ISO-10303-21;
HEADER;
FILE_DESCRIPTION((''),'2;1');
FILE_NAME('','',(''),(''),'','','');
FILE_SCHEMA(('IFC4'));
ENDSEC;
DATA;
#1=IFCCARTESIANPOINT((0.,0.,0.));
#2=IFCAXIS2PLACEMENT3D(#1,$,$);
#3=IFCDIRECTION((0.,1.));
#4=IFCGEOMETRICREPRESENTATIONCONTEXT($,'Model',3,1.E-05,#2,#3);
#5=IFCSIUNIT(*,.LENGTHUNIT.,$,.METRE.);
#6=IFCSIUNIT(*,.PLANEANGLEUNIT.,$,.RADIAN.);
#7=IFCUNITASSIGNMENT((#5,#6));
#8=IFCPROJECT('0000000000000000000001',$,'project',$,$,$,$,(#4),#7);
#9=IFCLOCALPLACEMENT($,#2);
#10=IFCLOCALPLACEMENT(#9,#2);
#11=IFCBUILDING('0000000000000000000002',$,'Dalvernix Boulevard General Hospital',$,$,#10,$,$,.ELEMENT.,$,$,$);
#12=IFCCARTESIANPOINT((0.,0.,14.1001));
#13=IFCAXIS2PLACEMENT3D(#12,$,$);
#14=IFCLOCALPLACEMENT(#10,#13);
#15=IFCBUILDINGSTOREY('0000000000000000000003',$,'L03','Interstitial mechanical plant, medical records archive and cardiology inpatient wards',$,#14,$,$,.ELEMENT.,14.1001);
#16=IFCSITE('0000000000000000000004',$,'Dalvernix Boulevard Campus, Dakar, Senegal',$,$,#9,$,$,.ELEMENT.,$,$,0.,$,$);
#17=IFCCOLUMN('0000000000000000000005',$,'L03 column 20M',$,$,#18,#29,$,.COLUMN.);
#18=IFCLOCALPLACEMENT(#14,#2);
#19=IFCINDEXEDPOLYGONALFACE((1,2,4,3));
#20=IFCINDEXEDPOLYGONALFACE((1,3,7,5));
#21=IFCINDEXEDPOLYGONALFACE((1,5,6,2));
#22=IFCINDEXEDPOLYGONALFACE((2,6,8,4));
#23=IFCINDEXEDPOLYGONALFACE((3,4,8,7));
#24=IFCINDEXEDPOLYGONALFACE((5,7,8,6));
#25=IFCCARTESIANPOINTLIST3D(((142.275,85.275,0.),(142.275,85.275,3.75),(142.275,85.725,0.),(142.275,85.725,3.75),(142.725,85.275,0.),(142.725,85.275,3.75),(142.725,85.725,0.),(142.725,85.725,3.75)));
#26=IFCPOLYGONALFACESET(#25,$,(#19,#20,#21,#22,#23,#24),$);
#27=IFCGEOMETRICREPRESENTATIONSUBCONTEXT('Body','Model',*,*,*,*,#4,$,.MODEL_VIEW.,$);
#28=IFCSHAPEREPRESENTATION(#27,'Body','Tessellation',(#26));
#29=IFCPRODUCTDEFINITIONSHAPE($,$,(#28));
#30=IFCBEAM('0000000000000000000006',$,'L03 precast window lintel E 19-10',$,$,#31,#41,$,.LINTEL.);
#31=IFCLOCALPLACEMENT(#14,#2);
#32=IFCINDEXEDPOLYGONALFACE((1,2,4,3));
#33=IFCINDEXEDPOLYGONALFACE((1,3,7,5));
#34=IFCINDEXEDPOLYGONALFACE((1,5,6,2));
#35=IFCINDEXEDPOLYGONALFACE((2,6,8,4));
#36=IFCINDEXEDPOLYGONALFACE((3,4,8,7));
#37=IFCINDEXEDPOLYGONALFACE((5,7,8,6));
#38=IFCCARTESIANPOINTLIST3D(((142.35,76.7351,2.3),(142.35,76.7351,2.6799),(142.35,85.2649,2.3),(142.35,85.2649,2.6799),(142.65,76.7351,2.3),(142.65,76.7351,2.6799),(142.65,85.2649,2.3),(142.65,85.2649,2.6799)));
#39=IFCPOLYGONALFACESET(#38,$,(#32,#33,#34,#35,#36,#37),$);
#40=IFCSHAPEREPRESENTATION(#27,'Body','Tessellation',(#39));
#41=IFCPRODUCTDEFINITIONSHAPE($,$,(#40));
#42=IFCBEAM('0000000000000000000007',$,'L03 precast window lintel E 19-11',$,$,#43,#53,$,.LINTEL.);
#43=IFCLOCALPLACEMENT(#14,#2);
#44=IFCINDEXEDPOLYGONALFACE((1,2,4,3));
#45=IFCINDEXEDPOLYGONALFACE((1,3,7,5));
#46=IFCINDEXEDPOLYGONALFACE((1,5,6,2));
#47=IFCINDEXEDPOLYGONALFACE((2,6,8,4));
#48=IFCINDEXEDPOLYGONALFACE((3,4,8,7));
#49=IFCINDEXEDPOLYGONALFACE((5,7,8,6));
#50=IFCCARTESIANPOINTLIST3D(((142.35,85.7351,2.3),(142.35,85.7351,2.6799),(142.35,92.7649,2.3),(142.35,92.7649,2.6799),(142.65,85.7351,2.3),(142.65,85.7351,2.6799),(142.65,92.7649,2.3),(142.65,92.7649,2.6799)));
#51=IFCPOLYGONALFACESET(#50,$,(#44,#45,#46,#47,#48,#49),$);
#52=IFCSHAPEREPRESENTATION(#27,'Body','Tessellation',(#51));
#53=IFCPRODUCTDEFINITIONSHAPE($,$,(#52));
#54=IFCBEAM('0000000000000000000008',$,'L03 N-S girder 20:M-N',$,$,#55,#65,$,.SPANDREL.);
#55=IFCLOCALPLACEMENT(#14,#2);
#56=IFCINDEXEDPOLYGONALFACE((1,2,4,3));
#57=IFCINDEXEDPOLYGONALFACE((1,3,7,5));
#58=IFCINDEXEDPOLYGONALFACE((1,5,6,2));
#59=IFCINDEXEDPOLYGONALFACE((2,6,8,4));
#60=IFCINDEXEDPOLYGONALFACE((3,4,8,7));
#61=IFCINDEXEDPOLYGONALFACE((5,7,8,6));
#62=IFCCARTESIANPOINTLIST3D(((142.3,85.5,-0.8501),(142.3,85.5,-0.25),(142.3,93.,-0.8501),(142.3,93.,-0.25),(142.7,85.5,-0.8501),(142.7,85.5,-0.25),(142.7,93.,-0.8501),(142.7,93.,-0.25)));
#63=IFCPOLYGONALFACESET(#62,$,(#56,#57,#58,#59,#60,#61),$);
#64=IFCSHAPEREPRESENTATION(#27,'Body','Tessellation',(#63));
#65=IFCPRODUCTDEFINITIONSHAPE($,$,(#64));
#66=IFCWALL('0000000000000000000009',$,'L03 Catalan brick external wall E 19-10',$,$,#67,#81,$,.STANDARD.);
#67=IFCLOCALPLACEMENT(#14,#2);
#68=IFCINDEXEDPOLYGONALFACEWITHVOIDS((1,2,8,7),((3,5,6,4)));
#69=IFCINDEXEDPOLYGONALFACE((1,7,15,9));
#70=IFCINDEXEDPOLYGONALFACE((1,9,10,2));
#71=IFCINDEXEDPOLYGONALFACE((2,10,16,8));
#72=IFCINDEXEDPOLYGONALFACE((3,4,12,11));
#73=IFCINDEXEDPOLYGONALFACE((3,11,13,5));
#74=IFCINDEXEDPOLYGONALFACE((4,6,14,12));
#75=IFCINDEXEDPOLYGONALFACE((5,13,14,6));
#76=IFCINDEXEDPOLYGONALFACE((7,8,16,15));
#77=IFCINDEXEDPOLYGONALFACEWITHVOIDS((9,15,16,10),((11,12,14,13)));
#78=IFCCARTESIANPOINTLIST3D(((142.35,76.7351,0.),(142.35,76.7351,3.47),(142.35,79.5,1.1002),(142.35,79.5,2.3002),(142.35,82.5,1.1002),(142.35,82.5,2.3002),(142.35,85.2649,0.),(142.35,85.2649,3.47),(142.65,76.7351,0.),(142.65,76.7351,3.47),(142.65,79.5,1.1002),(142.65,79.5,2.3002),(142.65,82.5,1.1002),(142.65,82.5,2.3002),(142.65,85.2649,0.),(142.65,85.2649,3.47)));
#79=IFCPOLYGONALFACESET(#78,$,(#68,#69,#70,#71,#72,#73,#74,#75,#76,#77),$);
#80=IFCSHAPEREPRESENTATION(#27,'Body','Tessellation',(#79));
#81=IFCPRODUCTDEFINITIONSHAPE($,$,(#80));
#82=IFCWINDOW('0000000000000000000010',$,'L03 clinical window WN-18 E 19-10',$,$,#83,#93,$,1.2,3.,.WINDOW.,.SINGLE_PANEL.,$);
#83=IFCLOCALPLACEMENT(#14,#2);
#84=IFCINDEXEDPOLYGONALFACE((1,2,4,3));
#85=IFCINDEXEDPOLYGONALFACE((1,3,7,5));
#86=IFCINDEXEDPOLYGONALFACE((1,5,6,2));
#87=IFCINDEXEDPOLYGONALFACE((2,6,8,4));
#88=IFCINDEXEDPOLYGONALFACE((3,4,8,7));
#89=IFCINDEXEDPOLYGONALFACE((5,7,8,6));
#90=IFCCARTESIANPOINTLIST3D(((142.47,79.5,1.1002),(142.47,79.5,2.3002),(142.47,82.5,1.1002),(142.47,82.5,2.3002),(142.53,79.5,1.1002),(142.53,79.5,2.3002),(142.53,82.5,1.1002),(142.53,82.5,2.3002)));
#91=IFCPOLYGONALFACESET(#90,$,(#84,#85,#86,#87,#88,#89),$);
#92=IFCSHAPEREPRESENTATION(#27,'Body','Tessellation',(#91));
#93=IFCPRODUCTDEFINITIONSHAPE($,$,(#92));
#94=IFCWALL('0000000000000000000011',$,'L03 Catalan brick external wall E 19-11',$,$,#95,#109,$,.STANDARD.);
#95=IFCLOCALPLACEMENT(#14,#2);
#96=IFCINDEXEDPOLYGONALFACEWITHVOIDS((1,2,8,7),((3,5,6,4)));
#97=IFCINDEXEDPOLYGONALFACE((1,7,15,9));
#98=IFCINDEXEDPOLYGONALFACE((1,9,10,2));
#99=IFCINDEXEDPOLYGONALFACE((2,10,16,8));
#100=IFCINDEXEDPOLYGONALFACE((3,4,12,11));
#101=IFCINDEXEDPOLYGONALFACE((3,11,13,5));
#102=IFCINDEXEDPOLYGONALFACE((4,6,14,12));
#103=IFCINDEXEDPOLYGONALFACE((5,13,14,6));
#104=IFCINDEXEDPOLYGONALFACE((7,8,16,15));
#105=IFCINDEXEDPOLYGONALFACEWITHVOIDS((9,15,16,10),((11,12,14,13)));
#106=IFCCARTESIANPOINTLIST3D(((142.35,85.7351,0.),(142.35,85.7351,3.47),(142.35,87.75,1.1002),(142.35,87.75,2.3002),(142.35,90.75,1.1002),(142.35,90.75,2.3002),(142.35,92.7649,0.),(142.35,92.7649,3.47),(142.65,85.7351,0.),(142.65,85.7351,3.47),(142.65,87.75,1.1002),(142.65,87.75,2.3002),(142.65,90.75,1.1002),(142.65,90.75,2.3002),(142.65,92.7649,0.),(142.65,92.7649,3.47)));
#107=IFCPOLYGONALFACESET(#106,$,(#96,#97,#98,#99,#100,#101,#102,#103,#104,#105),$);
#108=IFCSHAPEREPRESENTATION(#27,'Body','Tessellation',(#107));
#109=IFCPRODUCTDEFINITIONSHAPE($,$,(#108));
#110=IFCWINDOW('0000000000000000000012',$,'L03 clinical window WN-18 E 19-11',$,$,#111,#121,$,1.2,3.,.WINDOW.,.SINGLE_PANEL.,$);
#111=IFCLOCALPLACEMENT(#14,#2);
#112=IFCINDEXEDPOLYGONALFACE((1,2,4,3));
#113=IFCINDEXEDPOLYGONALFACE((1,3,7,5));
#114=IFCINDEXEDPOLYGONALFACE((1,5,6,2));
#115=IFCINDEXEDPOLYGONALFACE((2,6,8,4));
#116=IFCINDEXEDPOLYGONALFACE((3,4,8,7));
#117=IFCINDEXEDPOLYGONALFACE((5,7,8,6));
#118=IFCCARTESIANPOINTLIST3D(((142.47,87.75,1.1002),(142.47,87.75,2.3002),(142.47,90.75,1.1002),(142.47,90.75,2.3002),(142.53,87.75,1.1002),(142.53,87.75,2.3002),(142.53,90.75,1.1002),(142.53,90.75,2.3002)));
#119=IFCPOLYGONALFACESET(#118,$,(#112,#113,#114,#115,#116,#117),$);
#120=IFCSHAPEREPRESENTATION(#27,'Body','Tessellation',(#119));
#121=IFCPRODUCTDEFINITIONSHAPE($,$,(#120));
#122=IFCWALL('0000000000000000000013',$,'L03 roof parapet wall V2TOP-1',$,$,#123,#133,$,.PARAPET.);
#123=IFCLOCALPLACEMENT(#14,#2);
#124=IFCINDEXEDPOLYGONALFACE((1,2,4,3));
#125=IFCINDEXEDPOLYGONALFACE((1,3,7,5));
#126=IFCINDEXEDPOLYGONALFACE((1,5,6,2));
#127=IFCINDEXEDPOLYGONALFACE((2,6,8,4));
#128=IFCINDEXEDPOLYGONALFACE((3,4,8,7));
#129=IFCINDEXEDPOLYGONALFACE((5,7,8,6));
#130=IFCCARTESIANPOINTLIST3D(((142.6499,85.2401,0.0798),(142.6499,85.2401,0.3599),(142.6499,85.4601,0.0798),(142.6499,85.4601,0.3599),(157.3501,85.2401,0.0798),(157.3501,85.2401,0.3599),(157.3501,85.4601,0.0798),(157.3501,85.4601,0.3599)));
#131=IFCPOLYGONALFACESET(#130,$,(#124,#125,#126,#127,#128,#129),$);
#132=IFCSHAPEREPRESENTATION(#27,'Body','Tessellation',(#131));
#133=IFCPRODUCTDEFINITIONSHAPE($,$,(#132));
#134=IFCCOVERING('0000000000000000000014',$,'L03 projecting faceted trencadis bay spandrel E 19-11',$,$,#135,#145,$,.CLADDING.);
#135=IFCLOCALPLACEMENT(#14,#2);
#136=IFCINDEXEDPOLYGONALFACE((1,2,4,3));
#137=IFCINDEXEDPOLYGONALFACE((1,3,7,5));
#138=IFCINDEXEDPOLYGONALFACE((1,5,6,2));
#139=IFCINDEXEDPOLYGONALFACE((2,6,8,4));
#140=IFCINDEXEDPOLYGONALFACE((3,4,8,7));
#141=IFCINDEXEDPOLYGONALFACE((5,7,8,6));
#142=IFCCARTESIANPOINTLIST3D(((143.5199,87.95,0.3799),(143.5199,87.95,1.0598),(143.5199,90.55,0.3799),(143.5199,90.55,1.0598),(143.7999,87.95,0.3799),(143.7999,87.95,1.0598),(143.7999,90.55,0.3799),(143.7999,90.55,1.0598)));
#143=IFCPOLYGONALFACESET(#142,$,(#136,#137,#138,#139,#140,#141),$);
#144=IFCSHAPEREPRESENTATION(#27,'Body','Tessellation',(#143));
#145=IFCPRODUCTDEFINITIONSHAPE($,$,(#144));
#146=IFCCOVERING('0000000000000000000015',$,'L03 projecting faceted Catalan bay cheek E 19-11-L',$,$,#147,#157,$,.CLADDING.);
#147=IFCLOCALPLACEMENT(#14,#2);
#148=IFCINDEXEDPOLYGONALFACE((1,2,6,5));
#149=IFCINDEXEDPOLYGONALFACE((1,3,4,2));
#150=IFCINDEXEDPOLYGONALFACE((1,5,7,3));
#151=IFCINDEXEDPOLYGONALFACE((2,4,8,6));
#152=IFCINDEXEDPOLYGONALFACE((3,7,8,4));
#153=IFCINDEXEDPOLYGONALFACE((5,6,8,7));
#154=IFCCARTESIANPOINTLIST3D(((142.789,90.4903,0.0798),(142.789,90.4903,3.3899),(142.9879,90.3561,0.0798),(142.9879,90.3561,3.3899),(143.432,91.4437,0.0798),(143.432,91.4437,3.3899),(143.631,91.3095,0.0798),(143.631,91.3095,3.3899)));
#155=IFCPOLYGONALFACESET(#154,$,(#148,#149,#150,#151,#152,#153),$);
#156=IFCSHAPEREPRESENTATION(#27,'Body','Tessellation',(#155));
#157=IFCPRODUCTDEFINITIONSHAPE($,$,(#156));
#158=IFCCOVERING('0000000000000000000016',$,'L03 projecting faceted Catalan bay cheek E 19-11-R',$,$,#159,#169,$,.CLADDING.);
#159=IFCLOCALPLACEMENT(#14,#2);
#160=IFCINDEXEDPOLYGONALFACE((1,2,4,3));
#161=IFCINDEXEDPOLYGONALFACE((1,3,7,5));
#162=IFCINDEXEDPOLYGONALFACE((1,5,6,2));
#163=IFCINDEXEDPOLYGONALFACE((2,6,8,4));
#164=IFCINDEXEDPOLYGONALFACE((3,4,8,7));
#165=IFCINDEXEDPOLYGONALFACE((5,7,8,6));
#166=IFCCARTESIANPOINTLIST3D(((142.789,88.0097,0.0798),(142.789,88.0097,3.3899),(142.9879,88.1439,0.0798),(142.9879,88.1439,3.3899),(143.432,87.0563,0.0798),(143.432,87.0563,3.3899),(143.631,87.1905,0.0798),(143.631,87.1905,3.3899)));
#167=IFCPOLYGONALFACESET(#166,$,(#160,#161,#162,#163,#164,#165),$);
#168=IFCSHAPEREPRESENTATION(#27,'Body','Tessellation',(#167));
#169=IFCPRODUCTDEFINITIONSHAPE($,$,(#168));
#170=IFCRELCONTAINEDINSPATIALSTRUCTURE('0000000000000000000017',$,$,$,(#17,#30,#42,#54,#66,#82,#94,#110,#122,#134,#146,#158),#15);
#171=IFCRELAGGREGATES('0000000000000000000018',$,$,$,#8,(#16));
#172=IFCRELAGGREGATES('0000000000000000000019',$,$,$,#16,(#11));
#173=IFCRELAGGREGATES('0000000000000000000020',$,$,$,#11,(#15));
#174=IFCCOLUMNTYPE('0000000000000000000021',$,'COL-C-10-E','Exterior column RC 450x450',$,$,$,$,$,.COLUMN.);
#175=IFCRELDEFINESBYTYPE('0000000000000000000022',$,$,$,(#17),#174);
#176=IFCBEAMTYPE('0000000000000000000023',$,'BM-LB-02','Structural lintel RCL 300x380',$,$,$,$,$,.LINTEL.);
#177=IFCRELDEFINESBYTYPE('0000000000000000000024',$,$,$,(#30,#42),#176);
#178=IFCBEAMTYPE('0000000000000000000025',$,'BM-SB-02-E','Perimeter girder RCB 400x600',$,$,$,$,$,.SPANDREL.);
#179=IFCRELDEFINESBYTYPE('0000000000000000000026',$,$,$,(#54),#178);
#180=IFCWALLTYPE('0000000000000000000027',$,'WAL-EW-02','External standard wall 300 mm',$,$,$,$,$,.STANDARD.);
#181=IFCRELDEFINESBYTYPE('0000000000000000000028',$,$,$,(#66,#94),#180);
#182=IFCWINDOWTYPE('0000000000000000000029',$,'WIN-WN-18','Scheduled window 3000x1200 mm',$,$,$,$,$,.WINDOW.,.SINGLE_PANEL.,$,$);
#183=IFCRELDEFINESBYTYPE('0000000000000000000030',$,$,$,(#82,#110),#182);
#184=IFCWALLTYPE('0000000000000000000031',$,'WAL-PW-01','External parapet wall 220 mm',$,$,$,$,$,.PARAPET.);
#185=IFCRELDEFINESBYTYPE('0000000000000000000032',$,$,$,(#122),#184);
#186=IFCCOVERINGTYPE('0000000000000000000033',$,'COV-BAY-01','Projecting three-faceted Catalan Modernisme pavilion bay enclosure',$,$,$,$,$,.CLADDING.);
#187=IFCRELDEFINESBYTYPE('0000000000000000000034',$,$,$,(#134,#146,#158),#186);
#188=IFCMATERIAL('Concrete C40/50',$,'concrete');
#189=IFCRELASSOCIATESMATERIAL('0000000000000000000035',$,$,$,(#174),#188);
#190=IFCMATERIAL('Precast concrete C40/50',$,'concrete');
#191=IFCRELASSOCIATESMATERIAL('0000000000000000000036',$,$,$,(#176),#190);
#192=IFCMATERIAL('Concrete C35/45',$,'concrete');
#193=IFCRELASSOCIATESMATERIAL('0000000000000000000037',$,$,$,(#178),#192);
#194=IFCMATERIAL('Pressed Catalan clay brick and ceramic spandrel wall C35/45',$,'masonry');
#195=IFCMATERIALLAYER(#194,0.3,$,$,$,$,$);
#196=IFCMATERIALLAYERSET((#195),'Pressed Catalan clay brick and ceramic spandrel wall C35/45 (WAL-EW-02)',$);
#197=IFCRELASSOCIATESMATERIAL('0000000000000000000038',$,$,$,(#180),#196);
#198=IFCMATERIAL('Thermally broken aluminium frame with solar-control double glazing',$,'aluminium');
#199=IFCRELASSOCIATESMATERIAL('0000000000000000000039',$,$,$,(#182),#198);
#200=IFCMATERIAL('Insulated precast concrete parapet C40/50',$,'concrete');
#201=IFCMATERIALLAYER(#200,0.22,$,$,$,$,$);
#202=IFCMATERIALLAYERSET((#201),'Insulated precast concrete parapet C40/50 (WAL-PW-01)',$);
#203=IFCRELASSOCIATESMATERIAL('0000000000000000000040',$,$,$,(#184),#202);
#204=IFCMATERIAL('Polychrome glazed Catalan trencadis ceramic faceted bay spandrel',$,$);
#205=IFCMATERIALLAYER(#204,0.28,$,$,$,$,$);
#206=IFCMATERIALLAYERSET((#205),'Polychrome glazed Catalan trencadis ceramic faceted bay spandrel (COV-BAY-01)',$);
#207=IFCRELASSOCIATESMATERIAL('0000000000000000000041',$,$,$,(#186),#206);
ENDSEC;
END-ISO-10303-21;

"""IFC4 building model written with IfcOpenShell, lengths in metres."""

from ifc_helpers import new_model, si_unit, direction, frame, frame_2d, origin, origin_2d, place, context, subcontext, project, spatial, rectangle, extrude, material, layer, layer_set, material_profile, profile_set, type_object, element, fill, save


model = new_model("IFC4")

# Units and contexts
model_context = context("Model", 3, precision=1e-05, world=origin(), true_north=direction((0.0, 1.0)))
body_context = subcontext(model_context, "Body", "Model", "MODEL_VIEW")
ifc_project = project(units=[si_unit("LENGTHUNIT", "METRE"), si_unit("PLANEANGLEUNIT", "RADIAN")], contexts=[model_context])

# Site, building, storey
site_placement = place(None, origin())
site = spatial("IfcSite", under=ifc_project, at=site_placement, Name="Dalvernix Boulevard Campus, Dakar, Senegal", CompositionType="ELEMENT", RefElevation=0.0)
building_placement = place(site_placement, origin())
building = spatial("IfcBuilding", under=site, at=building_placement, Name="Dalvernix Boulevard General Hospital", CompositionType="ELEMENT")
storey_placement = place(building_placement, frame((0.0, 0.0, 14.1001)))
storey = spatial("IfcBuildingStorey", under=building, at=storey_placement, Name="L03", Description="Interstitial mechanical plant, medical records archive and cardiology inpatient wards", CompositionType="ELEMENT", Elevation=14.1001)

# Column
ifc_material_1 = material(Name="Concrete C40/50", Category="concrete")
ifc_material_profile_1 = material_profile(ifc_material_1, rectangle(XDim=0.45, YDim=0.45, at=origin_2d()), Name="RC 450x450")
ifc_profile_set_1 = profile_set([ifc_material_profile_1], Name="Concrete C40/50")
column_type = type_object("IfcColumnType", Name="COL-C-10-E", Description="Exterior column RC 450x450", PredefinedType="COLUMN", material=ifc_profile_set_1)
column_placement = place(storey_placement, frame((142.5, 85.5, 0.0), z_axis=(0.0, 0.0, 1.0), x_axis=(1.0, 0.0, 0.0)))
element("IfcColumn", 1, at=column_placement, inside=storey, type_object=column_type, Name="L03 column 20M", PredefinedType="COLUMN", context=body_context, shape_type="SweptSolid", body=[
    extrude(rectangle(XDim=0.45, YDim=0.45, at=origin_2d()), origin(), (0.0, 0.0, 1.0), 3.75),
])

# Beams
ifc_material_2 = material(Name="Precast concrete C40/50", Category="concrete")
ifc_material_profile_2 = material_profile(ifc_material_2, rectangle(XDim=0.3, YDim=0.3799, at=origin_2d()), Name="RCL 300x380")
ifc_profile_set_2 = profile_set([ifc_material_profile_2], Name="Precast concrete C40/50")
beam_type_1 = type_object("IfcBeamType", Name="BM-LB-02", Description="Structural lintel RCL 300x380", PredefinedType="LINTEL", material=ifc_profile_set_2)
beam_1_placement = place(storey_placement, frame((142.5, 85.2649, 2.49), z_axis=(0.0, -1.0, 0.0), x_axis=(1.0, 0.0, 0.0)))
element("IfcBeam", 2, at=beam_1_placement, inside=storey, type_object=beam_type_1, Name="L03 precast window lintel E 19-10", PredefinedType="LINTEL", context=body_context, shape_type="SweptSolid", body=[
    extrude(rectangle(XDim=0.3, YDim=0.3799, at=origin_2d()), origin(), (0.0, 0.0, 1.0), 8.5298),
])
beam_2_placement = place(storey_placement, frame((142.5, 92.7649, 2.49), z_axis=(0.0, -1.0, 0.0), x_axis=(1.0, 0.0, 0.0)))
element("IfcBeam", 3, at=beam_2_placement, inside=storey, type_object=beam_type_1, Name="L03 precast window lintel E 19-11", PredefinedType="LINTEL", context=body_context, shape_type="SweptSolid", body=[
    extrude(rectangle(XDim=0.3, YDim=0.3799, at=origin_2d()), origin(), (0.0, 0.0, 1.0), 7.0298),
])
ifc_material_3 = material(Name="Concrete C35/45", Category="concrete")
ifc_material_profile_3 = material_profile(ifc_material_3, rectangle(XDim=0.3999, YDim=0.6001, at=origin_2d()), Name="RCB 400x600")
ifc_profile_set_3 = profile_set([ifc_material_profile_3], Name="Concrete C35/45")
beam_type_2 = type_object("IfcBeamType", Name="BM-SB-02-E", Description="Perimeter girder RCB 400x600", PredefinedType="SPANDREL", material=ifc_profile_set_3)
beam_3_placement = place(storey_placement, frame((142.5, 85.5, -0.55), z_axis=(0.0, 1.0, 0.0), x_axis=(-1.0, 0.0, 0.0)))
element("IfcBeam", 4, at=beam_3_placement, inside=storey, type_object=beam_type_2, Name="L03 N-S girder 20:M-N", PredefinedType="SPANDREL", context=body_context, shape_type="SweptSolid", body=[
    extrude(rectangle(XDim=0.3999, YDim=0.6001, at=origin_2d()), origin(), (0.0, 0.0, 1.0), 7.5),
])

# Walls, openings, windows
ifc_material_4 = material(Name="Pressed Catalan clay brick and ceramic spandrel wall C35/45", Category="masonry")
ifc_layer_1 = layer(ifc_material_4, 0.3)
ifc_layer_set_1 = layer_set([ifc_layer_1], Name="Pressed Catalan clay brick and ceramic spandrel wall C35/45 (WAL-EW-02)")
wall_type_1 = type_object("IfcWallType", Name="WAL-EW-02", Description="External standard wall 300 mm", PredefinedType="STANDARD", material=ifc_layer_set_1)
wall_1_placement = place(storey_placement, frame((142.5, 85.2649, 0.0), z_axis=(0.0, 0.0, 1.0), x_axis=(0.0, -1.0, 0.0)))
wall_1 = element("IfcWall", 5, at=wall_1_placement, inside=storey, type_object=wall_type_1, Name="L03 Catalan brick external wall E 19-10", PredefinedType="STANDARD", context=body_context, shape_type="SweptSolid", body=[
    extrude(rectangle(XDim=8.5298, YDim=0.3, at=frame_2d((4.2649, 0.0))), origin(), (0.0, 0.0, 1.0), 3.47),
])
opening_1_placement = place(wall_1_placement, frame((2.7649, 0.0, 1.1001)))
opening_1 = element("IfcOpeningElement", 6, at=opening_1_placement, cuts=wall_1, PredefinedType="OPENING", context=body_context, shape_type="SweptSolid", body=[
    extrude(rectangle(XDim=3.0, YDim=1.2, at=frame_2d((1.5, 0.6001))), frame((0.0, 0.1599, 0.0), z_axis=(0.0, -1.0, 0.0), x_axis=(1.0, 0.0, 0.0)), (0.0, 0.0, 1.0), 0.3201),
])
ifc_material_5 = material(Name="Thermally broken aluminium frame with solar-control double glazing", Category="aluminium")
window_type = type_object("IfcWindowType", Name="WIN-WN-18", Description="Scheduled window 3000x1200 mm", PartitioningType="SINGLE_PANEL", PredefinedType="WINDOW", material=ifc_material_5)
window_1_placement = place(opening_1_placement, origin())
window_1 = element("IfcWindow", 7, at=window_1_placement, inside=storey, type_object=window_type, Name="L03 clinical window WN-18 E 19-10", OverallHeight=1.2, OverallWidth=3.0, PartitioningType="SINGLE_PANEL", PredefinedType="WINDOW", context=body_context, shape_type="SweptSolid", body=[
    extrude(rectangle(XDim=3.0, YDim=1.2, at=frame_2d((1.5, 0.6001))), frame((0.0, 0.03, 0.0), z_axis=(0.0, -1.0, 0.0), x_axis=(1.0, 0.0, 0.0)), (0.0, 0.0, 1.0), 0.0601),
])
fill(opening_1, window_1)
wall_2_placement = place(storey_placement, frame((142.5, 92.7649, 0.0), z_axis=(0.0, 0.0, 1.0), x_axis=(0.0, -1.0, 0.0)))
wall_2 = element("IfcWall", 8, at=wall_2_placement, inside=storey, type_object=wall_type_1, Name="L03 Catalan brick external wall E 19-11", PredefinedType="STANDARD", context=body_context, shape_type="SweptSolid", body=[
    extrude(rectangle(XDim=7.0298, YDim=0.3, at=frame_2d((3.5149, 0.0))), origin(), (0.0, 0.0, 1.0), 3.47),
])
opening_2_placement = place(wall_2_placement, frame((2.0149, 0.0, 1.1001)))
opening_2 = element("IfcOpeningElement", 9, at=opening_2_placement, cuts=wall_2, PredefinedType="OPENING", context=body_context, shape_type="SweptSolid", body=[
    extrude(rectangle(XDim=3.0, YDim=1.2, at=frame_2d((1.5, 0.6001))), frame((0.0, 0.1599, 0.0), z_axis=(0.0, -1.0, 0.0), x_axis=(1.0, 0.0, 0.0)), (0.0, 0.0, 1.0), 0.3201),
])
window_2_placement = place(opening_2_placement, origin())
window_2 = element("IfcWindow", 10, at=window_2_placement, inside=storey, type_object=window_type, Name="L03 clinical window WN-18 E 19-11", OverallHeight=1.2, OverallWidth=3.0, PartitioningType="SINGLE_PANEL", PredefinedType="WINDOW", context=body_context, shape_type="SweptSolid", body=[
    extrude(rectangle(XDim=3.0, YDim=1.2, at=frame_2d((1.5, 0.6001))), frame((0.0, 0.03, 0.0), z_axis=(0.0, -1.0, 0.0), x_axis=(1.0, 0.0, 0.0)), (0.0, 0.0, 1.0), 0.0601),
])
fill(opening_2, window_2)

# Wall
ifc_material_6 = material(Name="Insulated precast concrete parapet C40/50", Category="concrete")
ifc_layer_2 = layer(ifc_material_6, 0.22)
ifc_layer_set_2 = layer_set([ifc_layer_2], Name="Insulated precast concrete parapet C40/50 (WAL-PW-01)")
wall_type_2 = type_object("IfcWallType", Name="WAL-PW-01", Description="External parapet wall 220 mm", PredefinedType="PARAPET", material=ifc_layer_set_2)
wall_3_placement = place(storey_placement, frame((142.6499, 85.3501, 0.0798), z_axis=(0.0, 0.0, 1.0), x_axis=(1.0, 0.0, 0.0)))
element("IfcWall", 11, at=wall_3_placement, inside=storey, type_object=wall_type_2, Name="L03 roof parapet wall V2TOP-1", PredefinedType="PARAPET", context=body_context, shape_type="SweptSolid", body=[
    extrude(rectangle(XDim=14.7002, YDim=0.22, at=frame_2d((7.3501, 0.0))), origin(), (0.0, 0.0, 1.0), 0.28),
])

# Coverings
ifc_material_7 = material(Name="Polychrome glazed Catalan trencadis ceramic faceted bay spandrel")
ifc_layer_3 = layer(ifc_material_7, 0.28)
ifc_layer_set_3 = layer_set([ifc_layer_3], Name="Polychrome glazed Catalan trencadis ceramic faceted bay spandrel (COV-BAY-01)")
covering_type_1 = type_object("IfcCoveringType", Name="COV-BAY-01", Description="Projecting three-faceted Catalan Modernisme pavilion bay enclosure", PredefinedType="CLADDING", material=ifc_layer_set_3)
covering_1_placement = place(storey_placement, frame((143.6599, 89.25, 0.3799), z_axis=(0.0, 0.0, 1.0), x_axis=(0.0, -1.0, 0.0)))
element("IfcCovering", 12, at=covering_1_placement, inside=storey, type_object=covering_type_1, Name="L03 projecting faceted trencadis bay spandrel E 19-11", PredefinedType="CLADDING", context=body_context, shape_type="SweptSolid", body=[
    extrude(rectangle(XDim=2.6001, YDim=0.28, at=origin_2d()), origin(), (0.0, 0.0, 1.0), 0.6799),
])
for number, where, z_axis, x_axis, name in (
    (13, (143.21, 90.8999, 0.0798), (0.0, 0.0, 1.0), (-0.559193, -0.829038, 0.0), "L03 projecting faceted Catalan bay cheek E 19-11-L"),
    (14, (143.21, 87.6001, 0.0798), (0.0, 0.0, 1.0), (0.559193, -0.829038, 0.0), "L03 projecting faceted Catalan bay cheek E 19-11-R"),
):
    element("IfcCovering", number, at=place(storey_placement, frame(where, z_axis=z_axis, x_axis=x_axis)), inside=storey, type_object=covering_type_1, Name=name, PredefinedType="CLADDING", context=body_context, shape_type="SweptSolid", body=[
        extrude(rectangle(XDim=1.1499, YDim=0.24, at=origin_2d()), origin(), (0.0, 0.0, 1.0), 3.3101),
    ])

save(model, "model.ifc")
